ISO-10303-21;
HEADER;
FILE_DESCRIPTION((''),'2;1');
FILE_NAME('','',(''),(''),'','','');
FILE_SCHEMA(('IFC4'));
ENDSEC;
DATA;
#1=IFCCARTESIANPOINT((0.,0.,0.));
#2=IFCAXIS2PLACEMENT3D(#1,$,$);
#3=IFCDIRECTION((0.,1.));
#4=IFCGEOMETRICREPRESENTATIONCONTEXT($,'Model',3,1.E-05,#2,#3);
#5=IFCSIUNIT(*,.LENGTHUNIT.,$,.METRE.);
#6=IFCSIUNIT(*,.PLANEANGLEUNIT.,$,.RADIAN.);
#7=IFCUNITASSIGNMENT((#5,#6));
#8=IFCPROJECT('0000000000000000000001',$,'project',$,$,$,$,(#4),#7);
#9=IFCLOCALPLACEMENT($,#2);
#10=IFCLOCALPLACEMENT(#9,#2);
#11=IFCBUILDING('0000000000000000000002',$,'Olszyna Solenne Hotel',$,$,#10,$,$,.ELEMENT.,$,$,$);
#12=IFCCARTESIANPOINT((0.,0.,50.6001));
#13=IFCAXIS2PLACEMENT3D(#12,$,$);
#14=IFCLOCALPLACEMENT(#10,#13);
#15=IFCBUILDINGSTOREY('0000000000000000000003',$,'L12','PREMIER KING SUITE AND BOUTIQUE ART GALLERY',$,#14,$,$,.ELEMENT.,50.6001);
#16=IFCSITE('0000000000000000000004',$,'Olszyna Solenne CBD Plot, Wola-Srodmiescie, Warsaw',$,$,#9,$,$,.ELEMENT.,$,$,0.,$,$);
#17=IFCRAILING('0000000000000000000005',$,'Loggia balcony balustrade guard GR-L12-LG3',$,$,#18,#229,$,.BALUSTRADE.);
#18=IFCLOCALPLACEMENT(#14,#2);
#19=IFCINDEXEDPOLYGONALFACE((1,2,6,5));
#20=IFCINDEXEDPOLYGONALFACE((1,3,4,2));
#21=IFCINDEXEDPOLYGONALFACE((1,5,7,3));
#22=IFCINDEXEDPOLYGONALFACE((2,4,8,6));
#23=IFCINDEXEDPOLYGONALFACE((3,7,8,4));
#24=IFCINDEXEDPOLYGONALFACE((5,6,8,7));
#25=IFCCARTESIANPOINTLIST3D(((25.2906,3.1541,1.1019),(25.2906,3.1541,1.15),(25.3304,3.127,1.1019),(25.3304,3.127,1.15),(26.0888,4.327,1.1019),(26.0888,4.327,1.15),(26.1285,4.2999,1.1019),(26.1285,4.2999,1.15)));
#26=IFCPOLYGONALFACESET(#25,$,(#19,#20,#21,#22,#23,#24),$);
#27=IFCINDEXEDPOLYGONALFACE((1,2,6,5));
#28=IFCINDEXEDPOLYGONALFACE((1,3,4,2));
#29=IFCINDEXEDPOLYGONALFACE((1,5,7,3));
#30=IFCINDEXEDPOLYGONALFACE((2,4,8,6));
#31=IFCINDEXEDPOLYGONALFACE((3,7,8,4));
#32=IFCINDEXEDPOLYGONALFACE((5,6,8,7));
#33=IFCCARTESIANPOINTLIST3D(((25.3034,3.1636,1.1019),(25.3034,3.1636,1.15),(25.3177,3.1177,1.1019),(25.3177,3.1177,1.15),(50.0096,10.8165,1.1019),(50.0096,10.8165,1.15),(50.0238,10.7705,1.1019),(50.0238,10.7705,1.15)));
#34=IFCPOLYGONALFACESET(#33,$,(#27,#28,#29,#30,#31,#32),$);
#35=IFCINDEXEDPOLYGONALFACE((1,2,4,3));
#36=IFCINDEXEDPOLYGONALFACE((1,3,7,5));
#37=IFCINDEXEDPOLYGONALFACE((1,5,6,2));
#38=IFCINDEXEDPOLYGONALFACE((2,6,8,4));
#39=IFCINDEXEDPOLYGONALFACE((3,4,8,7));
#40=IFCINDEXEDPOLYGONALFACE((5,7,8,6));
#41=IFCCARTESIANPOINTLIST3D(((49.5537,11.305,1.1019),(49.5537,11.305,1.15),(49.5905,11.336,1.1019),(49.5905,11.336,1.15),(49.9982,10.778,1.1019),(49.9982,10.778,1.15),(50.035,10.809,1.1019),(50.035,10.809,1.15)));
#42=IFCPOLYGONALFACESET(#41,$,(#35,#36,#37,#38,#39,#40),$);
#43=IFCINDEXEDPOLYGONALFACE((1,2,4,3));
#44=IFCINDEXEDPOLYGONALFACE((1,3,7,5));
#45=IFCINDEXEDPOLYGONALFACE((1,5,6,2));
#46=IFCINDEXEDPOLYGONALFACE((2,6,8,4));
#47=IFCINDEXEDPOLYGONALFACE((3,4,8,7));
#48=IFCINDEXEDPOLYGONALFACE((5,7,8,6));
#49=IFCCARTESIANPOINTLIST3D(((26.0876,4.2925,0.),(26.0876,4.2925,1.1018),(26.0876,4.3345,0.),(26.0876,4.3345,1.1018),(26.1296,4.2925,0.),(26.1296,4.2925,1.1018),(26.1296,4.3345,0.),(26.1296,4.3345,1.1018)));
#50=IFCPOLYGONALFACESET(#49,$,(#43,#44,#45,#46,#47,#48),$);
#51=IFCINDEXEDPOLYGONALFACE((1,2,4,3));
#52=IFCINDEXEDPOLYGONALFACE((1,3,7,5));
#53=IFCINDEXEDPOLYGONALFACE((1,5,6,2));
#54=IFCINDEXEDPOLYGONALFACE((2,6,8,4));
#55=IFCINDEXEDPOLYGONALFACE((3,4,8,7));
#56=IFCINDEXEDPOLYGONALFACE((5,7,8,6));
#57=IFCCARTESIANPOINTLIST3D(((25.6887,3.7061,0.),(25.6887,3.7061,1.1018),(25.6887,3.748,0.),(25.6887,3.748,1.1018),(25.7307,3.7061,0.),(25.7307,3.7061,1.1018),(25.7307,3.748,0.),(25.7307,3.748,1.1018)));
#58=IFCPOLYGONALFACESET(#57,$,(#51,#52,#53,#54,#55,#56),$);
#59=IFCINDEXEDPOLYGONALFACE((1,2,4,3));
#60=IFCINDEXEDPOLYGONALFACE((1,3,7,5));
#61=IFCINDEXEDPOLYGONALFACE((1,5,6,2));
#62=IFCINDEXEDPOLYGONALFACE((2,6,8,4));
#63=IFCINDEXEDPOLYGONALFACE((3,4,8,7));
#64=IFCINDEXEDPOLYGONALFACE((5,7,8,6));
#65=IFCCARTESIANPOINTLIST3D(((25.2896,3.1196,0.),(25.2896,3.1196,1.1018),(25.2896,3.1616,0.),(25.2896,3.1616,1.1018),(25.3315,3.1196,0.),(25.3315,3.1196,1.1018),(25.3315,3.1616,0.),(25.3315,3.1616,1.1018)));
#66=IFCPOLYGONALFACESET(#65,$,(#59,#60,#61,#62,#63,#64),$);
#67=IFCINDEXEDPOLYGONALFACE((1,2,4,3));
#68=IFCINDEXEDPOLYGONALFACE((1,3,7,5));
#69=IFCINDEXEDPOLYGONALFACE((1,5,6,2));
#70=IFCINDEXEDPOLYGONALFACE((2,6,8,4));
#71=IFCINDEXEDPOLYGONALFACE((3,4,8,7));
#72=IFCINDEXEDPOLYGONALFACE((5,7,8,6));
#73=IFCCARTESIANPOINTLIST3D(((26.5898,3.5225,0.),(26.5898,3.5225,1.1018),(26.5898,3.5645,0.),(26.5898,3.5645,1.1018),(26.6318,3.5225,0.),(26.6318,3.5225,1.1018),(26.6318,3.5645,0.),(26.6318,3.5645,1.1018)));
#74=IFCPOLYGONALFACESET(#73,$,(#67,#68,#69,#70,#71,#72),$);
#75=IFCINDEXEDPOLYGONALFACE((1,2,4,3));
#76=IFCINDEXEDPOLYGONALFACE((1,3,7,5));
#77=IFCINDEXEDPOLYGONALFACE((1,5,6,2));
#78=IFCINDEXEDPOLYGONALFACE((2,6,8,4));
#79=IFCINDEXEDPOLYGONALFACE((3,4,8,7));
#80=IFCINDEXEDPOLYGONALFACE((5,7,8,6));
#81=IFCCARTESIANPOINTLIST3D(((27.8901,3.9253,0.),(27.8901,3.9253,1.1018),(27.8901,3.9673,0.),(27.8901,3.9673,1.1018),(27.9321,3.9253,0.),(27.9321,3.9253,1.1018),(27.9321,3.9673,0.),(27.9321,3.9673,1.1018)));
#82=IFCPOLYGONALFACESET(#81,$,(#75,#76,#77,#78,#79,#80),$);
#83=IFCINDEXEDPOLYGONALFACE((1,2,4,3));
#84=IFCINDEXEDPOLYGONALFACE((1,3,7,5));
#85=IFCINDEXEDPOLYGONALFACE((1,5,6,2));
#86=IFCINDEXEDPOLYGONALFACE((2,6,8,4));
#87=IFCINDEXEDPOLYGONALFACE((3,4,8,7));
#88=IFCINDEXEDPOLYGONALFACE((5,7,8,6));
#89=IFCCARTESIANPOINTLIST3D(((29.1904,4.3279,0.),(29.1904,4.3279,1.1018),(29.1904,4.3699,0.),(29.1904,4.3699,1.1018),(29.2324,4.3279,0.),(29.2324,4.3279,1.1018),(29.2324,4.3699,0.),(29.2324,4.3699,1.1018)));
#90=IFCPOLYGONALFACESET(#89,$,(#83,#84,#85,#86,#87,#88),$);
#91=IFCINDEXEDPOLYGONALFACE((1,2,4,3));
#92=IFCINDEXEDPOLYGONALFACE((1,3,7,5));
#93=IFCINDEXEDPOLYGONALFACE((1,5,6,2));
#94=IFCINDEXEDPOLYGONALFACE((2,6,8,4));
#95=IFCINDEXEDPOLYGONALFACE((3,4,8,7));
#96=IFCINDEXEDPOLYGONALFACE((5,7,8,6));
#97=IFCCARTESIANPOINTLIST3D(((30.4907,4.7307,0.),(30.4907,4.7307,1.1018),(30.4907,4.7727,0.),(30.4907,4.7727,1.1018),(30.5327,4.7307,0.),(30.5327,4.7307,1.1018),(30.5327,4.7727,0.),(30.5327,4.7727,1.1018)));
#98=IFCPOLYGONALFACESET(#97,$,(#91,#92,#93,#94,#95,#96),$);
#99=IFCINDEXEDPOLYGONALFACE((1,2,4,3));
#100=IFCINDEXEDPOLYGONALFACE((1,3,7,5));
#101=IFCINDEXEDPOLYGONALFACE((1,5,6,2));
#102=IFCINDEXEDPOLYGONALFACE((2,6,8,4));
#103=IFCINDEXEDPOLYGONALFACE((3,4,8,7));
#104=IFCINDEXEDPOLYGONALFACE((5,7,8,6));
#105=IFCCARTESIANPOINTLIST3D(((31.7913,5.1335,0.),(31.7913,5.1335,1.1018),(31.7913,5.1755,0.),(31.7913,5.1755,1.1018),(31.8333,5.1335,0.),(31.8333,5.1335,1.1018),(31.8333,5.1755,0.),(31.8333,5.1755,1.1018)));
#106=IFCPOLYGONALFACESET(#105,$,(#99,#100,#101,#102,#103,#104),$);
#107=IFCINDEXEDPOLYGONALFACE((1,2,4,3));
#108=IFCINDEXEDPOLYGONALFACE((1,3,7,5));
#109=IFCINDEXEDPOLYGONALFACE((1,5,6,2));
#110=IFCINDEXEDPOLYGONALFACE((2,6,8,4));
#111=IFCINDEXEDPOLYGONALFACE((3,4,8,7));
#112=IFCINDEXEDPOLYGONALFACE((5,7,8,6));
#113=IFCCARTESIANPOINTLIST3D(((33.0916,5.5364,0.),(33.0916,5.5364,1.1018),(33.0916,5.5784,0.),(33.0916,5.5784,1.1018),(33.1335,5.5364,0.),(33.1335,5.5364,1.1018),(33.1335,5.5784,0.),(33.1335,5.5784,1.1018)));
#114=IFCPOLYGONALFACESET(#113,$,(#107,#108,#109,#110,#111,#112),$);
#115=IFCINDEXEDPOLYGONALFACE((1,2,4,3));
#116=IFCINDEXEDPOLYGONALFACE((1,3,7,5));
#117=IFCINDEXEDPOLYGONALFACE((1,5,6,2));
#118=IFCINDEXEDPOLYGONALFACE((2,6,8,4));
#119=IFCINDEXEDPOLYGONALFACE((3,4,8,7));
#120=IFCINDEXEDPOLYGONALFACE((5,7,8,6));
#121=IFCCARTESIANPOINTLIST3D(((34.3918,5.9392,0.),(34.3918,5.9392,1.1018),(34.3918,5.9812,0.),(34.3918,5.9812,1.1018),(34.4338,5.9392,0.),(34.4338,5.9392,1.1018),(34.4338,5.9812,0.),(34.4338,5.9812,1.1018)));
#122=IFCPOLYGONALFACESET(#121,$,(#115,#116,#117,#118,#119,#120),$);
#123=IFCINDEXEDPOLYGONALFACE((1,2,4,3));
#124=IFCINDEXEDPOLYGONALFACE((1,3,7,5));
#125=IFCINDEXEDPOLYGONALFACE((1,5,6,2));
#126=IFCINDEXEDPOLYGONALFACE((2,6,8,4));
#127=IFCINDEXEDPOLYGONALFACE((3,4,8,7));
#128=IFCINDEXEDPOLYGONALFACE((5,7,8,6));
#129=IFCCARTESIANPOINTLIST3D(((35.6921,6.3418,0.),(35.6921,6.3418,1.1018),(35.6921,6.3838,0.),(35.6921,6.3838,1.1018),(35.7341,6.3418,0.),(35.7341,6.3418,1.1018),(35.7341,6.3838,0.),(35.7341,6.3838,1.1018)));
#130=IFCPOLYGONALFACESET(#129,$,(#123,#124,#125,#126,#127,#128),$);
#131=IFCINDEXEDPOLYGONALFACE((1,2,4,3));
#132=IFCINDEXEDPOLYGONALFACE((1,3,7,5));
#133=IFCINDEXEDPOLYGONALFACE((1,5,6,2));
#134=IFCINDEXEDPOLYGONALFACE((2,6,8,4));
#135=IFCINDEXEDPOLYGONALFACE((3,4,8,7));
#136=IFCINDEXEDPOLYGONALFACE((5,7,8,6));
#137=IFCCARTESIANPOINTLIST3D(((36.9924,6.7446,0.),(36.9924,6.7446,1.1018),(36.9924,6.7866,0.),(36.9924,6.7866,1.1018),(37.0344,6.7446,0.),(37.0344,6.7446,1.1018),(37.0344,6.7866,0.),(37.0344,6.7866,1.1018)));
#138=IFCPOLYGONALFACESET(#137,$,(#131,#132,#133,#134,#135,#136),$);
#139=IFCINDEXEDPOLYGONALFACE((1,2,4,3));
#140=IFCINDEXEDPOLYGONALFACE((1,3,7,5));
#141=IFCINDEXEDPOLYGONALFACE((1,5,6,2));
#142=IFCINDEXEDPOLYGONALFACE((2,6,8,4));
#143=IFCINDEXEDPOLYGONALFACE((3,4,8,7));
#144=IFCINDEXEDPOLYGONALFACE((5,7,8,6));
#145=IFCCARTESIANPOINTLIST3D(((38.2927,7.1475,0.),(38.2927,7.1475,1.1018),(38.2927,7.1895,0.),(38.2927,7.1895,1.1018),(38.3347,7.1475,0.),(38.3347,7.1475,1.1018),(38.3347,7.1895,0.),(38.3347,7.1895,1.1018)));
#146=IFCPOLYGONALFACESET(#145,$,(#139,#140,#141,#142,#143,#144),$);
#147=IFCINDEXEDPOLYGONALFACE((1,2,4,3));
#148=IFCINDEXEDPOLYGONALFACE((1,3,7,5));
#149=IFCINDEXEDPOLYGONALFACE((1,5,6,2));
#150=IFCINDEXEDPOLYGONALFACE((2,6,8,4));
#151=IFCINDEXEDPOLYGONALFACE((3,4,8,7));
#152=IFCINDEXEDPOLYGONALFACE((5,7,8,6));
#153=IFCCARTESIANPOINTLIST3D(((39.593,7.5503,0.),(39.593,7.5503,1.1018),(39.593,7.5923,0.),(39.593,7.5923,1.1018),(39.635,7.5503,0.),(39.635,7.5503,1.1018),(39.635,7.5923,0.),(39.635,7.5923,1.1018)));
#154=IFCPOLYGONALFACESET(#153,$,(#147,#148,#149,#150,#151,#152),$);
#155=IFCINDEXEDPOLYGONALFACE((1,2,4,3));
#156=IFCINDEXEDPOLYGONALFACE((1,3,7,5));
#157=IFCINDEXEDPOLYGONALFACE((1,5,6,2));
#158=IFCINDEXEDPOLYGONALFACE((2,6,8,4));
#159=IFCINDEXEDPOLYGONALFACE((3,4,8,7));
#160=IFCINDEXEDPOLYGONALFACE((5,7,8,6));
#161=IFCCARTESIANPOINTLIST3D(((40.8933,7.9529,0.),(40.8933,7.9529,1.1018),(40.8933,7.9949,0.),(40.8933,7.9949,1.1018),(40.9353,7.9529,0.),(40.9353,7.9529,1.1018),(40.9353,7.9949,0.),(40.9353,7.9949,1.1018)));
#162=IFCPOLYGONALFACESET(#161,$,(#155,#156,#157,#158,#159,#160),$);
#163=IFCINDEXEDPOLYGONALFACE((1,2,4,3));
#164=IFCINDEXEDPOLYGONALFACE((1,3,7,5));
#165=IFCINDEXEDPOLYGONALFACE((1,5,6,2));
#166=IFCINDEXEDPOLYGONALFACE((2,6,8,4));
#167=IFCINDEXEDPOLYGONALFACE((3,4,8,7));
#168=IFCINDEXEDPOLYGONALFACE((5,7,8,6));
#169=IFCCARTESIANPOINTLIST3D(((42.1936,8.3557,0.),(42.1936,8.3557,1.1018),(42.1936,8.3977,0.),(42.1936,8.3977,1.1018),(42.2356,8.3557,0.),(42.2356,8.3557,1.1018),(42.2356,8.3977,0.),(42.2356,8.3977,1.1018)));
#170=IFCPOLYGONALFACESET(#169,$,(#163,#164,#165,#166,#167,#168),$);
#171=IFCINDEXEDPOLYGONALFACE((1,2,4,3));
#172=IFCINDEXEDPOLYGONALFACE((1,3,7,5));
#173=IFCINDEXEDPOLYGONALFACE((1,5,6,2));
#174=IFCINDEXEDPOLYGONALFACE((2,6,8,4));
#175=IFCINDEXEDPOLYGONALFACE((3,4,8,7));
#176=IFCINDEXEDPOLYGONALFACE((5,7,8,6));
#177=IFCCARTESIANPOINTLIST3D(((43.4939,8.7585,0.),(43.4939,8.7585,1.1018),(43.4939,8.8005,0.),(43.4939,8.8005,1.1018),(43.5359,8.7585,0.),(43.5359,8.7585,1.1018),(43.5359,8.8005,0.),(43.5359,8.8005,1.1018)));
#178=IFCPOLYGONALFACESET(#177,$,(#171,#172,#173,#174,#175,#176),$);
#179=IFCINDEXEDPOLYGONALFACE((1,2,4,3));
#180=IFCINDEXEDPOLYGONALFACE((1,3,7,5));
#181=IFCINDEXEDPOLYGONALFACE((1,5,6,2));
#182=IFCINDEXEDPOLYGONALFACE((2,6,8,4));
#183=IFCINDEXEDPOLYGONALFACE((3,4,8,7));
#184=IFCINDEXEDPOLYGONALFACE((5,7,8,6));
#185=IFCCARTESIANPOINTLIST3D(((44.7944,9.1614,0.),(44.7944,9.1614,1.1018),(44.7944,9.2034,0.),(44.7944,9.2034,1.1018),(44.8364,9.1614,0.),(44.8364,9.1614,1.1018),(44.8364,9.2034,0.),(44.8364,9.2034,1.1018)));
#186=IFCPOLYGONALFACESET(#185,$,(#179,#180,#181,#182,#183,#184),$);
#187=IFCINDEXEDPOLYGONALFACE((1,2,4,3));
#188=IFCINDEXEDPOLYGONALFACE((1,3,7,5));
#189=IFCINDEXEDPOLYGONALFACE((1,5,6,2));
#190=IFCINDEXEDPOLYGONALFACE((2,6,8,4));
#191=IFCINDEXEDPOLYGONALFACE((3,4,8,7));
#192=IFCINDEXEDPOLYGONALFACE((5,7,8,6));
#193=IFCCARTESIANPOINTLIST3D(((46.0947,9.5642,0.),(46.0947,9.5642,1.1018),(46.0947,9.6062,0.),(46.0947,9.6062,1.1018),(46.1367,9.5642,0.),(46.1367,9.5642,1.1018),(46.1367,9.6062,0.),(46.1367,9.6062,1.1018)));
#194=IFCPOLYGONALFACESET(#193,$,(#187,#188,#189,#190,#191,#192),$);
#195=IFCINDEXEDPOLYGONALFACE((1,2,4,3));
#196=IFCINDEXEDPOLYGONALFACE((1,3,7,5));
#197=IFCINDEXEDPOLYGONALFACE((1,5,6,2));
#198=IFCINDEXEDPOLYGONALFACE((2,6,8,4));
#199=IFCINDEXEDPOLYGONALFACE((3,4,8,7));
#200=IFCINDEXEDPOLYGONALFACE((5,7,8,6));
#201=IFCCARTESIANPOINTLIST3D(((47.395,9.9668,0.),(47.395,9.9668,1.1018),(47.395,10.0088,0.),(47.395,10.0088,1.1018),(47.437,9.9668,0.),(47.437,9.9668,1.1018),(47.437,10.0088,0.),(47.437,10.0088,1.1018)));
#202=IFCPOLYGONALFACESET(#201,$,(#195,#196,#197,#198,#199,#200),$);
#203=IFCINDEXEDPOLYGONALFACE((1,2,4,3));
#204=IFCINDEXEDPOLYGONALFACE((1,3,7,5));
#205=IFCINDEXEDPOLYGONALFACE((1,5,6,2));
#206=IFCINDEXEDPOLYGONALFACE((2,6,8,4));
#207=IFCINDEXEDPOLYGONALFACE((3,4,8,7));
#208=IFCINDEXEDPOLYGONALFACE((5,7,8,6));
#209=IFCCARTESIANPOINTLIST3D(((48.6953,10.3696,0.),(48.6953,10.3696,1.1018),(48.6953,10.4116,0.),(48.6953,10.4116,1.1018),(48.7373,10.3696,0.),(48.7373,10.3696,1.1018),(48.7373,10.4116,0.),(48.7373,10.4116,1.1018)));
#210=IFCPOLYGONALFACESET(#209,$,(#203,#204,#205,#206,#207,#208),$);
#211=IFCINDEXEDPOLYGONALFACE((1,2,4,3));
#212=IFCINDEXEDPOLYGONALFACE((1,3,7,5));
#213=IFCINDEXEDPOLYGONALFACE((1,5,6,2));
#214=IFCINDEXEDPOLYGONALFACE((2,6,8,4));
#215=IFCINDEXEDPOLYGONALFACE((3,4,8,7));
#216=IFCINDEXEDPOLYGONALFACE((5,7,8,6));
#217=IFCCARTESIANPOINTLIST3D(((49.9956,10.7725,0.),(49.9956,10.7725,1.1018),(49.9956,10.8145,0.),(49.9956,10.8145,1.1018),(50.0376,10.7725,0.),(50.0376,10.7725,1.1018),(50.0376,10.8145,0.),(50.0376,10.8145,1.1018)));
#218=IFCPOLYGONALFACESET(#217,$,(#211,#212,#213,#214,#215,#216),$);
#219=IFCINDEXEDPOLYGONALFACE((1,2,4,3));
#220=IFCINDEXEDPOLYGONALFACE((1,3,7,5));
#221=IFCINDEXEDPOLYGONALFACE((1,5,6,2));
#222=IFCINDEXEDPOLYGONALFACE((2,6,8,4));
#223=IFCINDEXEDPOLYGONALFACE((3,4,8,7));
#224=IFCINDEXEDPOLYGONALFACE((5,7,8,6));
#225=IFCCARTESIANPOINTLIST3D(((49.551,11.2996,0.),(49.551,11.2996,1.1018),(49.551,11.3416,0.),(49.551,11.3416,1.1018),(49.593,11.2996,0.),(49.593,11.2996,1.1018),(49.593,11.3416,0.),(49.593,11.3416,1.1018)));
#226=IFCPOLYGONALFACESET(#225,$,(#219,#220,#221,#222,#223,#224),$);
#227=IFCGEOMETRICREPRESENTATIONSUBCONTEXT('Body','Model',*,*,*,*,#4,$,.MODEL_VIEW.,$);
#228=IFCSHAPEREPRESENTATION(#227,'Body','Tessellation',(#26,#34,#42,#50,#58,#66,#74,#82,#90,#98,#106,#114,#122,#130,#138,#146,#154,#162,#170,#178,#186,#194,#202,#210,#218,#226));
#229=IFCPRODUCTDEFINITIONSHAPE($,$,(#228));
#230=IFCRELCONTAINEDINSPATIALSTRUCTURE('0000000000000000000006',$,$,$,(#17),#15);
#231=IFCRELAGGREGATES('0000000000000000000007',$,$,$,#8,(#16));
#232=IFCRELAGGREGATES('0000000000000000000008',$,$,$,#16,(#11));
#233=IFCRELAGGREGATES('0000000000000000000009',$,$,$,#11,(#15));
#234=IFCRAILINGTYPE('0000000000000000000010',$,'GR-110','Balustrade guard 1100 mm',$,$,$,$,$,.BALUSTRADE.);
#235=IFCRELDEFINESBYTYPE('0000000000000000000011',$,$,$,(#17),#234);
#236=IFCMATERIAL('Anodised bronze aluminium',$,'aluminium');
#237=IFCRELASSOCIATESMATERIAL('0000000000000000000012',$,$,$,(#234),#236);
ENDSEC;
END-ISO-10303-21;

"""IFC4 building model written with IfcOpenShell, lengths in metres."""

from ifc_helpers import new_model, si_unit, direction, frame, origin, origin_2d, place, context, subcontext, project, spatial, rectangle, extrude, material, type_object, element, save


model = new_model("IFC4")

# Units and contexts
model_context = context("Model", 3, precision=1e-05, world=origin(), true_north=direction((0.0, 1.0)))
body_context = subcontext(model_context, "Body", "Model", "MODEL_VIEW")
ifc_project = project(units=[si_unit("LENGTHUNIT", "METRE"), si_unit("PLANEANGLEUNIT", "RADIAN")], contexts=[model_context])

# Site, building, storey
site_placement = place(None, origin())
site = spatial("IfcSite", under=ifc_project, at=site_placement, Name="Olszyna Solenne CBD Plot, Wola-Srodmiescie, Warsaw", CompositionType="ELEMENT", RefElevation=0.0)
building_placement = place(site_placement, origin())
building = spatial("IfcBuilding", under=site, at=building_placement, Name="Olszyna Solenne Hotel", CompositionType="ELEMENT")
storey_placement = place(building_placement, frame((0.0, 0.0, 50.6001)))
storey = spatial("IfcBuildingStorey", under=building, at=storey_placement, Name="L12", Description="PREMIER KING SUITE AND BOUTIQUE ART GALLERY", CompositionType="ELEMENT", Elevation=50.6001)

# Railing
ifc_material_1 = material(Name="Anodised bronze aluminium", Category="aluminium")
railing_type = type_object("IfcRailingType", Name="GR-110", Description="Balustrade guard 1100 mm", PredefinedType="BALUSTRADE", material=ifc_material_1)
railing_placement = place(storey_placement, frame((26.1086, 4.3135, 0.0)))
element("IfcRailing", 1, at=railing_placement, inside=storey, type_object=railing_type, Name="Loggia balcony balustrade guard GR-L12-LG3", PredefinedType="BALUSTRADE", context=body_context, shape_type="SweptSolid", body=[
    extrude(rectangle(XDim=0.0481, YDim=0.0481, at=origin_2d()), frame((0.0, 0.0, 1.126), z_axis=(-0.562578, -0.826744, 0.0), x_axis=(0.826744, -0.562578, 0.0)), (0.0, 0.0, 1.0), 1.4187),
    extrude(rectangle(XDim=0.0481, YDim=0.0481, at=origin_2d()), frame((-0.7981, -1.1729, 1.126), z_axis=(0.955223, 0.295886, 0.0), x_axis=(-0.295886, 0.955223, 0.0)), (0.0, 0.0, 1.0), 25.8643),
    extrude(rectangle(XDim=0.0481, YDim=0.0481, at=origin_2d()), frame((23.908, 6.48, 1.126), z_axis=(-0.644735, 0.764406, 0.0), x_axis=(-0.764406, -0.644735, 0.0)), (0.0, 0.0, 1.0), 0.6895),
    extrude(rectangle(XDim=0.042, YDim=0.042, at=origin_2d()), origin(), (0.0, 0.0, 1.0), 1.1018),
    extrude(rectangle(XDim=0.042, YDim=0.042, at=origin_2d()), frame((-0.3989, -0.5864, 0.0)), (0.0, 0.0, 1.0), 1.1018),
    extrude(rectangle(XDim=0.042, YDim=0.042, at=origin_2d()), frame((-0.7981, -1.1729, 0.0)), (0.0, 0.0, 1.0), 1.1018),
    extrude(rectangle(XDim=0.042, YDim=0.042, at=origin_2d()), frame((0.5022, -0.77, 0.0)), (0.0, 0.0, 1.0), 1.1018),
    extrude(rectangle(XDim=0.042, YDim=0.042, at=origin_2d()), frame((1.8025, -0.3672, 0.0)), (0.0, 0.0, 1.0), 1.1018),
    extrude(rectangle(XDim=0.042, YDim=0.042, at=origin_2d()), frame((3.1028, 0.0354, 0.0)), (0.0, 0.0, 1.0), 1.1018),
    extrude(rectangle(XDim=0.042, YDim=0.042, at=origin_2d()), frame((4.4031, 0.4382, 0.0)), (0.0, 0.0, 1.0), 1.1018),
    extrude(rectangle(XDim=0.042, YDim=0.042, at=origin_2d()), frame((5.7036, 0.8411, 0.0)), (0.0, 0.0, 1.0), 1.1018),
    extrude(rectangle(XDim=0.042, YDim=0.042, at=origin_2d()), frame((7.0039, 1.2439, 0.0)), (0.0, 0.0, 1.0), 1.1018),
    extrude(rectangle(XDim=0.042, YDim=0.042, at=origin_2d()), frame((8.3042, 1.6467, 0.0)), (0.0, 0.0, 1.0), 1.1018),
    extrude(rectangle(XDim=0.042, YDim=0.042, at=origin_2d()), frame((9.6045, 2.0493, 0.0)), (0.0, 0.0, 1.0), 1.1018),
    extrude(rectangle(XDim=0.042, YDim=0.042, at=origin_2d()), frame((10.9048, 2.4521, 0.0)), (0.0, 0.0, 1.0), 1.1018),
    extrude(rectangle(XDim=0.042, YDim=0.042, at=origin_2d()), frame((12.2051, 2.855, 0.0)), (0.0, 0.0, 1.0), 1.1018),
    extrude(rectangle(XDim=0.042, YDim=0.042, at=origin_2d()), frame((13.5054, 3.2578, 0.0)), (0.0, 0.0, 1.0), 1.1018),
    extrude(rectangle(XDim=0.042, YDim=0.042, at=origin_2d()), frame((14.8057, 3.6604, 0.0)), (0.0, 0.0, 1.0), 1.1018),
    extrude(rectangle(XDim=0.042, YDim=0.042, at=origin_2d()), frame((16.106, 4.0632, 0.0)), (0.0, 0.0, 1.0), 1.1018),
    extrude(rectangle(XDim=0.042, YDim=0.042, at=origin_2d()), frame((17.4062, 4.4661, 0.0)), (0.0, 0.0, 1.0), 1.1018),
    extrude(rectangle(XDim=0.042, YDim=0.042, at=origin_2d()), frame((18.7068, 4.8689, 0.0)), (0.0, 0.0, 1.0), 1.1018),
    extrude(rectangle(XDim=0.042, YDim=0.042, at=origin_2d()), frame((20.0071, 5.2717, 0.0)), (0.0, 0.0, 1.0), 1.1018),
    extrude(rectangle(XDim=0.042, YDim=0.042, at=origin_2d()), frame((21.3074, 5.6743, 0.0)), (0.0, 0.0, 1.0), 1.1018),
    extrude(rectangle(XDim=0.042, YDim=0.042, at=origin_2d()), frame((22.6077, 6.0771, 0.0)), (0.0, 0.0, 1.0), 1.1018),
    extrude(rectangle(XDim=0.042, YDim=0.042, at=origin_2d()), frame((23.908, 6.48, 0.0)), (0.0, 0.0, 1.0), 1.1018),
    extrude(rectangle(XDim=0.042, YDim=0.042, at=origin_2d()), frame((23.4634, 7.0071, 0.0)), (0.0, 0.0, 1.0), 1.1018),
])

save(model, "model.ifc")
